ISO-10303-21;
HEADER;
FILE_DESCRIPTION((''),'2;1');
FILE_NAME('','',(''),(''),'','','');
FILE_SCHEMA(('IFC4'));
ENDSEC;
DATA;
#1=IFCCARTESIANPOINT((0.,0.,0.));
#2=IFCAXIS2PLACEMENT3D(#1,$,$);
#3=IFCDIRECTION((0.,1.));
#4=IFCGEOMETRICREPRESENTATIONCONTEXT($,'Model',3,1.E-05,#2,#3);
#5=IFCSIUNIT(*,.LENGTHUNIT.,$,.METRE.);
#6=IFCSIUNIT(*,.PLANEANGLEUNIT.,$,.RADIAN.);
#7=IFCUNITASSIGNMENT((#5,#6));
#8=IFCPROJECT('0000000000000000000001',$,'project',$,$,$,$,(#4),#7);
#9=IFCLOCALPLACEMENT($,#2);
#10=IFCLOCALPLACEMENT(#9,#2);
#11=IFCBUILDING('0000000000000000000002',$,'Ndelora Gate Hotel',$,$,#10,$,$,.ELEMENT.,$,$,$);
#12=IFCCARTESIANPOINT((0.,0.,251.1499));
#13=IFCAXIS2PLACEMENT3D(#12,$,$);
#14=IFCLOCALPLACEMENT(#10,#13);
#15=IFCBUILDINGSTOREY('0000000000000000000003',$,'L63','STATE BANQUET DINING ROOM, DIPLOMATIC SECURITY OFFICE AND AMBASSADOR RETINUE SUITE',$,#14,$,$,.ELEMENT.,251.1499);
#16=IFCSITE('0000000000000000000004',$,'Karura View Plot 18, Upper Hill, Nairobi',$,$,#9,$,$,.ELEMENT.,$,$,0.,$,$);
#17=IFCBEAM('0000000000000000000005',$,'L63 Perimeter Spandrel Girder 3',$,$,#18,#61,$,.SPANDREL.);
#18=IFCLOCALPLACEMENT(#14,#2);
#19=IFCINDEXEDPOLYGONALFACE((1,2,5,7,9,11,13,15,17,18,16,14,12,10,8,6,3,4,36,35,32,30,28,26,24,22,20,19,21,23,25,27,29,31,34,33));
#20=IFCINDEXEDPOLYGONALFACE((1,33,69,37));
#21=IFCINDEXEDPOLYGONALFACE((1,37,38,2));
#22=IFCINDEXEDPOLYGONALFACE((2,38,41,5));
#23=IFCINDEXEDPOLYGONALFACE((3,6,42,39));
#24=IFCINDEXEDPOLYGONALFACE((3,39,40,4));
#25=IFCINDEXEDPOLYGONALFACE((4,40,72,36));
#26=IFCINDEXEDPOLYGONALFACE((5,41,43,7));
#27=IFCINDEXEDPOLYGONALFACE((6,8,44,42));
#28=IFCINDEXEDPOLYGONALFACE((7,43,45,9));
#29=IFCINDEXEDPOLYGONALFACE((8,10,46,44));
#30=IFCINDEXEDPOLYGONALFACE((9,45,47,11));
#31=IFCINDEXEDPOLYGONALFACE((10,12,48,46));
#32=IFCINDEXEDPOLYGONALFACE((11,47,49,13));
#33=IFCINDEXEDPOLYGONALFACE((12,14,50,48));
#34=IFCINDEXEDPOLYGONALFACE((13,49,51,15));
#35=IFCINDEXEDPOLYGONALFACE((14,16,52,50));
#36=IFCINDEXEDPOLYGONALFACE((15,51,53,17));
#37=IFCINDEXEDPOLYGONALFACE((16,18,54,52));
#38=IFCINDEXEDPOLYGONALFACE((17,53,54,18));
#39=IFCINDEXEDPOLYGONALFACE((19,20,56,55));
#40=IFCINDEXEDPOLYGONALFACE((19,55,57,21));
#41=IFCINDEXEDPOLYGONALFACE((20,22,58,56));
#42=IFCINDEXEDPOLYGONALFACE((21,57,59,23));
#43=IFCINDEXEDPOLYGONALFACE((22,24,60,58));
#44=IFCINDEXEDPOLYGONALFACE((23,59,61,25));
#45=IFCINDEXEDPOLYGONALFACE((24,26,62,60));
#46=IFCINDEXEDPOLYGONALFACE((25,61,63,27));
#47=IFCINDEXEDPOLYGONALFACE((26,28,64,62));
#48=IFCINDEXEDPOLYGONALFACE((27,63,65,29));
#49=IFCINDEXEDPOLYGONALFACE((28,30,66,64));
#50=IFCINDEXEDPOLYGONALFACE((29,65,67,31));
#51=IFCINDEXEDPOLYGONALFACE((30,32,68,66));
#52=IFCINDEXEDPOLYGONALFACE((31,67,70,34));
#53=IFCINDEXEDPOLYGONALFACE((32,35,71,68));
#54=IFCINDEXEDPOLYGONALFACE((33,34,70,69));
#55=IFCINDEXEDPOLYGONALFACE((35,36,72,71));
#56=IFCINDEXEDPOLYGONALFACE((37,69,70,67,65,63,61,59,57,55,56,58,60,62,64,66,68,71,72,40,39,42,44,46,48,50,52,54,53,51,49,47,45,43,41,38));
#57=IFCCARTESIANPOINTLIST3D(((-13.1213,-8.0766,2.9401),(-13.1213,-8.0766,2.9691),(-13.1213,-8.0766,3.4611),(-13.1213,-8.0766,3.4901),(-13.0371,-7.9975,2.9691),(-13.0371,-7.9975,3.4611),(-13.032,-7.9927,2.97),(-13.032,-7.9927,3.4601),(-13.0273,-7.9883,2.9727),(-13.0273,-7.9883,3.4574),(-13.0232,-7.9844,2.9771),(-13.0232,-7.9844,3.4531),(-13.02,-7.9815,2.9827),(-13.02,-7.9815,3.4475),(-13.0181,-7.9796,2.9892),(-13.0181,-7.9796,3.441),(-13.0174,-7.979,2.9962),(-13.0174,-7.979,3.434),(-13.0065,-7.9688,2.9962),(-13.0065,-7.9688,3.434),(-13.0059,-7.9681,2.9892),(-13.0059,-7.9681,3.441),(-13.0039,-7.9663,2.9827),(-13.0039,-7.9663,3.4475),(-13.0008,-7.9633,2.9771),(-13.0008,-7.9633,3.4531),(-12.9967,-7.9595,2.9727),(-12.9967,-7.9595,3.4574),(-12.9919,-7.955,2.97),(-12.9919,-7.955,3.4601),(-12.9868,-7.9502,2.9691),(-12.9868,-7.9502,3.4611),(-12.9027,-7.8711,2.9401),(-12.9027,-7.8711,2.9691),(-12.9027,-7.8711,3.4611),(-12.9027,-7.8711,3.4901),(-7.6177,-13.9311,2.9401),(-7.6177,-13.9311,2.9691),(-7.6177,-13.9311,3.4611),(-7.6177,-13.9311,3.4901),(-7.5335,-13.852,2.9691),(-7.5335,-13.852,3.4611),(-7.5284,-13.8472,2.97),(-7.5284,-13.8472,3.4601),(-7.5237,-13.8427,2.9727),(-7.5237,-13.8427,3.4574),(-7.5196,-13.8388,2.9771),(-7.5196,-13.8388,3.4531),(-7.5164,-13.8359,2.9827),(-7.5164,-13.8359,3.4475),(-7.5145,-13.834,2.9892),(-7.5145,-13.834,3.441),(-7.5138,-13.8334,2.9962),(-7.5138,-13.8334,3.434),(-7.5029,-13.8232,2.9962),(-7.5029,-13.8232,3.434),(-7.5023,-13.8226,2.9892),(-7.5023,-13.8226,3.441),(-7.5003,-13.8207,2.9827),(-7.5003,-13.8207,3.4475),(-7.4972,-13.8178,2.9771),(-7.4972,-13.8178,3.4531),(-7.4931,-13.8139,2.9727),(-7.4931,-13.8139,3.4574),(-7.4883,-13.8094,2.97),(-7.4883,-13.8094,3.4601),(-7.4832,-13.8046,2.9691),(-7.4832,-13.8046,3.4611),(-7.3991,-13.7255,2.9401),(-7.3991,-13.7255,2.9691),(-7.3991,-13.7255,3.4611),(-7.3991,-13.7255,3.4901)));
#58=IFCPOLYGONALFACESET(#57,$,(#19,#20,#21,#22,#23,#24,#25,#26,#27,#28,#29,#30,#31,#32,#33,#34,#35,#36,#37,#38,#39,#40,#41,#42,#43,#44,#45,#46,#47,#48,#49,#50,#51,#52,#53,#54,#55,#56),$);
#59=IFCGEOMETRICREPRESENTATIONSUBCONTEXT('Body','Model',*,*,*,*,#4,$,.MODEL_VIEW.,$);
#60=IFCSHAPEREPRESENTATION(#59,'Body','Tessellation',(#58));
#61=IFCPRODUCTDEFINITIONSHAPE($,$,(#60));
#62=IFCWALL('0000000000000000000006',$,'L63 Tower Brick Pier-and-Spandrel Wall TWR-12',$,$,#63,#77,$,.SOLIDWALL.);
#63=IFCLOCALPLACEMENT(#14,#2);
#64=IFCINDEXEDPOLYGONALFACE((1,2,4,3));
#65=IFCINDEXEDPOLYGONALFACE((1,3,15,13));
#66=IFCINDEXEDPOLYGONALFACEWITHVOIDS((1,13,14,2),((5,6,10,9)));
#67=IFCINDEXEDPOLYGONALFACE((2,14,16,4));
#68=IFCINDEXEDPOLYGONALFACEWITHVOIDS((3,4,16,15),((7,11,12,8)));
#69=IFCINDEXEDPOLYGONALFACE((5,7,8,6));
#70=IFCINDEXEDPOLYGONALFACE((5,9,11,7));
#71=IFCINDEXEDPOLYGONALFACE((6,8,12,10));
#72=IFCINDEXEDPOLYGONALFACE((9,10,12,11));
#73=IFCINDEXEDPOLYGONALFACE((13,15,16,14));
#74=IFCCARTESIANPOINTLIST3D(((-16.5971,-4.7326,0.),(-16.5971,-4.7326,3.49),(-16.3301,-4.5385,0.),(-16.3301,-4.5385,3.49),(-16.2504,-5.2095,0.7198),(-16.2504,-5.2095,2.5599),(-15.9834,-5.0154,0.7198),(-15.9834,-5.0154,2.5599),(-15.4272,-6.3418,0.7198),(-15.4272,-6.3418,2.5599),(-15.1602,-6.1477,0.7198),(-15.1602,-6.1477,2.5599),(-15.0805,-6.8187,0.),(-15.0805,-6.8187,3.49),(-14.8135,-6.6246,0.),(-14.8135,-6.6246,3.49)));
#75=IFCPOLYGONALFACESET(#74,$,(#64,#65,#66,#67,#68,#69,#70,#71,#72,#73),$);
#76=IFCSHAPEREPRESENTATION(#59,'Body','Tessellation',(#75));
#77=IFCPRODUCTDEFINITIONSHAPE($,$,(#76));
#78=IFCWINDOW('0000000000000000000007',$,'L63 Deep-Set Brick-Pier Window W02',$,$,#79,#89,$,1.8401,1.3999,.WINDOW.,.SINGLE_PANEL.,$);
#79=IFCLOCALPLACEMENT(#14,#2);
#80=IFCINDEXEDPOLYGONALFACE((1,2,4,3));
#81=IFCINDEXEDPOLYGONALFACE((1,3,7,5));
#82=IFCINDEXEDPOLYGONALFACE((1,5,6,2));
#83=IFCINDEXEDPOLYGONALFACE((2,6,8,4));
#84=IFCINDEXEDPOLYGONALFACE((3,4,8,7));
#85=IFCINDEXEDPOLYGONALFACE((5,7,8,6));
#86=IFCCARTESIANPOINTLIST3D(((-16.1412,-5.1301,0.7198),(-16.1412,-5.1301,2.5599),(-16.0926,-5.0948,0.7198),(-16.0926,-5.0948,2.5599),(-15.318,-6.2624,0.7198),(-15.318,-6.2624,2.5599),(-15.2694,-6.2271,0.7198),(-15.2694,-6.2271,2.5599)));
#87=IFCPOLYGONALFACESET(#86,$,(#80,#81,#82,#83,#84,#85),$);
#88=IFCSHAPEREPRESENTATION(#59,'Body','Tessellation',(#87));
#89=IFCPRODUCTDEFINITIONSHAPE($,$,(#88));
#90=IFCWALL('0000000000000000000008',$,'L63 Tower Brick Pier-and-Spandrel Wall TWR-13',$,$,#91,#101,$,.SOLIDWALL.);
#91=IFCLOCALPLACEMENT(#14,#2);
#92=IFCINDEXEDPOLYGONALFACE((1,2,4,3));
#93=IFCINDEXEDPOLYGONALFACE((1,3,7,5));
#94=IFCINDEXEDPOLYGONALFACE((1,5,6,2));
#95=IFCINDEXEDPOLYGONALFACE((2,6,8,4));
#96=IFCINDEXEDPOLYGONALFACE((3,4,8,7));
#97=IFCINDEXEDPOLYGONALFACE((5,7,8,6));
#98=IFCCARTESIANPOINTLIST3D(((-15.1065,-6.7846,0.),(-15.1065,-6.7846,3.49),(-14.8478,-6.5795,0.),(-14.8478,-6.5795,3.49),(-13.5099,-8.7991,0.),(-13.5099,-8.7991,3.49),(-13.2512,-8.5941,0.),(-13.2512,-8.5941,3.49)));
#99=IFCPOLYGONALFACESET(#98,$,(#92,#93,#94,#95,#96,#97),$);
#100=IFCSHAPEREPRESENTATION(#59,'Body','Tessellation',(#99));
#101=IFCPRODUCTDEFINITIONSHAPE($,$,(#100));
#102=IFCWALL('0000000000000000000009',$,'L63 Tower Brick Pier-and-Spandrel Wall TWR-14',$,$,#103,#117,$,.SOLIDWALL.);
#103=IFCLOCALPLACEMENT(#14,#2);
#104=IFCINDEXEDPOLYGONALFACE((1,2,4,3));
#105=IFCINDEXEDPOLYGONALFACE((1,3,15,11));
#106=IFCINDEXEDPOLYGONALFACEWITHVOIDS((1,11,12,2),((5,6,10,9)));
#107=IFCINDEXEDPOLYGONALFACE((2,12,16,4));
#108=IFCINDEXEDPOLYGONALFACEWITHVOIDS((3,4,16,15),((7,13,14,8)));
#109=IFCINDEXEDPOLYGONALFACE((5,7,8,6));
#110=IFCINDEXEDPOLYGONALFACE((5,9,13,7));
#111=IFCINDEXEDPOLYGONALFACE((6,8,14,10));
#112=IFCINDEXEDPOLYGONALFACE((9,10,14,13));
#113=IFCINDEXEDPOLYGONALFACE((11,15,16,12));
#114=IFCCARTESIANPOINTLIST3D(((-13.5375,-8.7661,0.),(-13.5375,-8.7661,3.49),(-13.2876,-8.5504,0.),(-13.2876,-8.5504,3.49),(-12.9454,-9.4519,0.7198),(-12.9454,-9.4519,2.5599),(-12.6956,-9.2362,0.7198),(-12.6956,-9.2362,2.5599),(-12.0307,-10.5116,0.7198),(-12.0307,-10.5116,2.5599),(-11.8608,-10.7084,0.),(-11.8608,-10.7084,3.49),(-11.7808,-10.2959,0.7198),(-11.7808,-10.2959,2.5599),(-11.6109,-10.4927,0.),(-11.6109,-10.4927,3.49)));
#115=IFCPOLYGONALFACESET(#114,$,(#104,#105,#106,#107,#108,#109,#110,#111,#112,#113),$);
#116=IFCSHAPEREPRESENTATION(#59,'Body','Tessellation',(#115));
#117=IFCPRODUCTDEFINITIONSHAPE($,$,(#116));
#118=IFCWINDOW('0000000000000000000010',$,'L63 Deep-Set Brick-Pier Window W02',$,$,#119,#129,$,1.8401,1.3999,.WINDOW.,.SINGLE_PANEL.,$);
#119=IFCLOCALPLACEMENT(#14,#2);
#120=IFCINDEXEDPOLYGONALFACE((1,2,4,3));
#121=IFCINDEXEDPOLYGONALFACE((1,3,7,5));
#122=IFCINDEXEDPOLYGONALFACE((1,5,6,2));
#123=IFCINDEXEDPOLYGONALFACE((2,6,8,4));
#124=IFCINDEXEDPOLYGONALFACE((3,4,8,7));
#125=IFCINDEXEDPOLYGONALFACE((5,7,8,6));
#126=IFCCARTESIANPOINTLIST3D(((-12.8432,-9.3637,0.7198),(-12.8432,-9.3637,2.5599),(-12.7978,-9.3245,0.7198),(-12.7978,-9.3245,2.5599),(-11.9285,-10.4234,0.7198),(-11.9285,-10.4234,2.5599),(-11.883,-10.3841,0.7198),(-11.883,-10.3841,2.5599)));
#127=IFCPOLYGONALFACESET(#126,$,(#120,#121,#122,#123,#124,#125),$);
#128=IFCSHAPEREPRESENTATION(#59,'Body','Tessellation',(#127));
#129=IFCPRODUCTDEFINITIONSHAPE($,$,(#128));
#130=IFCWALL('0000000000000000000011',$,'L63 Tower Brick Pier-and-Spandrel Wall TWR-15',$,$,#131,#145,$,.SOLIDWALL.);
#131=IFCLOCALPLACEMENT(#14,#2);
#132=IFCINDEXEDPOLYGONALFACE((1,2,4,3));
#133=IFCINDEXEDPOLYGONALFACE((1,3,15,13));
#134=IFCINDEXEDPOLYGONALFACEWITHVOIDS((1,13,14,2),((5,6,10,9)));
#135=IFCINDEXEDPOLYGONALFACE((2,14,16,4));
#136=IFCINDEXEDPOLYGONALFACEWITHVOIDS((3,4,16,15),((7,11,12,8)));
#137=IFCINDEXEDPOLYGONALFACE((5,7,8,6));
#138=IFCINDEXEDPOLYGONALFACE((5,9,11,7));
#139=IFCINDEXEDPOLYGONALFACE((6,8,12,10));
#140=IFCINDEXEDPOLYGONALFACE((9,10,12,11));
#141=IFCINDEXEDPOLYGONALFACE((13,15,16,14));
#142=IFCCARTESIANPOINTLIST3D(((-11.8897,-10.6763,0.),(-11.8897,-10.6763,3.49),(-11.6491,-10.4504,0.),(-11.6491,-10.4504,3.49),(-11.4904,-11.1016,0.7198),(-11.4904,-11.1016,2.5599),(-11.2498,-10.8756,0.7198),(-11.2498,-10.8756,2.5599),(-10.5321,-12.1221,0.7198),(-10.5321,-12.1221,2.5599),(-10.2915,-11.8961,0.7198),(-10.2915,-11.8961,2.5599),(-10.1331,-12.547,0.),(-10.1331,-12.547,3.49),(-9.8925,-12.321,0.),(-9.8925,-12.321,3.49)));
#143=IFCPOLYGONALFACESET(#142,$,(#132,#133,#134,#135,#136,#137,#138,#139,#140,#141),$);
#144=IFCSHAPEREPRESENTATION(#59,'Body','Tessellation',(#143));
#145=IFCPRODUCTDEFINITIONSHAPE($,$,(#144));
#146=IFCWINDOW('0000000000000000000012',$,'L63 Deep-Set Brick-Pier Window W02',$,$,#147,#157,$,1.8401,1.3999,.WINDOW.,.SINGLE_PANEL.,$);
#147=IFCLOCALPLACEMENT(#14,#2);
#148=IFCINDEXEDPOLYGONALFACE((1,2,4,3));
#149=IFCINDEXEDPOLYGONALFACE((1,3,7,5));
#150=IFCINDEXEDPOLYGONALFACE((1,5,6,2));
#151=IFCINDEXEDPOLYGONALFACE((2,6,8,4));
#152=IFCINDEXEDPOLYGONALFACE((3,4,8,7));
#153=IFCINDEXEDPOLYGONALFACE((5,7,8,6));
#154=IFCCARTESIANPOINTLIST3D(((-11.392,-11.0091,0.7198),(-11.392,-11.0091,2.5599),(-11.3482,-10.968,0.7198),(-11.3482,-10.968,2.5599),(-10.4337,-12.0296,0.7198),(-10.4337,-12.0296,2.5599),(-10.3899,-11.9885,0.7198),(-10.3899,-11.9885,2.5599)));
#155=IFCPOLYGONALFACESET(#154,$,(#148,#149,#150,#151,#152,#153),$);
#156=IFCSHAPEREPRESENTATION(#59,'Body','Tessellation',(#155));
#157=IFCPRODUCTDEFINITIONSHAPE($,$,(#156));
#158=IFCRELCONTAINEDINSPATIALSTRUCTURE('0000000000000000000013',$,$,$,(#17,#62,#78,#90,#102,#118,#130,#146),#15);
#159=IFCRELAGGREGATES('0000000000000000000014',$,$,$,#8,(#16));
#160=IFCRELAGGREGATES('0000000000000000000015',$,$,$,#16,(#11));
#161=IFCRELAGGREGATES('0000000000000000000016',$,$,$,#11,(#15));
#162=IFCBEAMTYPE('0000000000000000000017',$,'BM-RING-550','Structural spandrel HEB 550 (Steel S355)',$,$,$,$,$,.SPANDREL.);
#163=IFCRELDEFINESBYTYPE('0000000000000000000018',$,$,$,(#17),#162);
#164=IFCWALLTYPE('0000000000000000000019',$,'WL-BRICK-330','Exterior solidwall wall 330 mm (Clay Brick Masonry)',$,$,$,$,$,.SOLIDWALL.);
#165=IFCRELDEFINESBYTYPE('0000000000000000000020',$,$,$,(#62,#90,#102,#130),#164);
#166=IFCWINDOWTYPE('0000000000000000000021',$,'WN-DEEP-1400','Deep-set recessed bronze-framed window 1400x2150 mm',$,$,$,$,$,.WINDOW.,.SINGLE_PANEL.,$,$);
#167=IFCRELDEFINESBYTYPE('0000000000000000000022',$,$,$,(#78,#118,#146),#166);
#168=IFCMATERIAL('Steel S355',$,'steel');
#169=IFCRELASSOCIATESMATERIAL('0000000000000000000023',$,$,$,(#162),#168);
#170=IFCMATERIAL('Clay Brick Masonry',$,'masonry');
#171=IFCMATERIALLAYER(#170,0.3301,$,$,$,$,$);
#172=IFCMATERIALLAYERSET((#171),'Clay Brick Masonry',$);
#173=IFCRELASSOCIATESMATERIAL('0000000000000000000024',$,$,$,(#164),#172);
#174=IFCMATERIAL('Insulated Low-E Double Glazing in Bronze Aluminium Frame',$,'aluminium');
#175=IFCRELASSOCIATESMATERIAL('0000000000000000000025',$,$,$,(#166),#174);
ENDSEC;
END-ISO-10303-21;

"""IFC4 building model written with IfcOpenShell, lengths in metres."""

from ifc_helpers import new_model, si_unit, direction, frame, frame_2d, origin, origin_2d, place, context, subcontext, project, spatial, rectangle, i_section, extrude, material, layer, layer_set, material_profile, profile_set, type_object, element, fill, save


model = new_model("IFC4")

# Units and contexts
model_context = context("Model", 3, precision=1e-05, world=origin(), true_north=direction((0.0, 1.0)))
body_context = subcontext(model_context, "Body", "Model", "MODEL_VIEW")
ifc_project = project(units=[si_unit("LENGTHUNIT", "METRE"), si_unit("PLANEANGLEUNIT", "RADIAN")], contexts=[model_context])

# Site, building, storey
site_placement = place(None, origin())
site = spatial("IfcSite", under=ifc_project, at=site_placement, Name="Karura View Plot 18, Upper Hill, Nairobi", CompositionType="ELEMENT", RefElevation=0.0)
building_placement = place(site_placement, origin())
building = spatial("IfcBuilding", under=site, at=building_placement, Name="Ndelora Gate Hotel", CompositionType="ELEMENT")
storey_placement = place(building_placement, frame((0.0, 0.0, 251.1499)))
storey = spatial("IfcBuildingStorey", under=building, at=storey_placement, Name="L63", Description="STATE BANQUET DINING ROOM, DIPLOMATIC SECURITY OFFICE AND AMBASSADOR RETINUE SUITE", CompositionType="ELEMENT", Elevation=251.1499)

# Beam
ifc_material_1 = material(Name="Steel S355", Category="steel")
ifc_material_profile_1 = material_profile(ifc_material_1, i_section(OverallWidth=0.3, OverallDepth=0.55, WebThickness=0.0149, FlangeThickness=0.0291, FilletRadius=0.0271, at=origin_2d()), Name="HEB 550")
ifc_profile_set_1 = profile_set([ifc_material_profile_1], Name="Steel S355")
beam_type_1 = type_object("IfcBeamType", Name="BM-RING-550", Description="Structural spandrel HEB 550 (Steel S355)", PredefinedType="SPANDREL", material=ifc_profile_set_1)
beam_1_placement = place(storey_placement, frame((-13.012, -7.9739, 3.2151), z_axis=(0.684939, -0.7286, 0.0), x_axis=(0.7286, 0.684939, 0.0)))
element("IfcBeam", 1, at=beam_1_placement, inside=storey, type_object=beam_type_1, Name="L63 Perimeter Spandrel Girder 3", PredefinedType="SPANDREL", context=body_context, shape_type="SweptSolid", body=[
    extrude(i_section(OverallWidth=0.3, OverallDepth=0.55, WebThickness=0.0149, FlangeThickness=0.0291, FilletRadius=0.0271, at=origin_2d()), origin(), (0.0, 0.0, 1.0), 8.0352),
])

# Wall, opening, window
ifc_material_2 = material(Name="Clay Brick Masonry", Category="masonry")
ifc_layer_1 = layer(ifc_material_2, 0.3301)
ifc_layer_set_1 = layer_set([ifc_layer_1], Name="Clay Brick Masonry")
wall_type_1 = type_object("IfcWallType", Name="WL-BRICK-330", Description="Exterior solidwall wall 330 mm (Clay Brick Masonry)", PredefinedType="SOLIDWALL", material=ifc_layer_set_1)
wall_1_placement = place(storey_placement, frame((-14.947, -6.7217, 0.0), z_axis=(0.0, 0.0, 1.0), x_axis=(-0.588014, 0.808851, 0.0)))
wall_1 = element("IfcWall", 2, at=wall_1_placement, inside=storey, type_object=wall_type_1, Name="L63 Tower Brick Pier-and-Spandrel Wall TWR-12", PredefinedType="SOLIDWALL", context=body_context, shape_type="SweptSolid", body=[
    extrude(rectangle(XDim=2.5791, YDim=0.3301, at=frame_2d((1.2896, 0.0))), origin(), (0.0, 0.0, 1.0), 3.49),
])
opening_1_placement = place(wall_1_placement, frame((0.5896, 0.0, 0.72)))
opening_1 = element("IfcOpeningElement", 3, at=opening_1_placement, cuts=wall_1, PredefinedType="OPENING", context=body_context, shape_type="SweptSolid", body=[
    extrude(rectangle(XDim=1.3999, YDim=1.8401, at=frame_2d((0.7, 0.9199))), frame((0.0, 0.175, 0.0), z_axis=(0.0, -1.0, 0.0), x_axis=(1.0, 0.0, 0.0)), (0.0, 0.0, 1.0), 0.3501),
])
ifc_material_3 = material(Name="Insulated Low-E Double Glazing in Bronze Aluminium Frame", Category="aluminium")
window_type = type_object("IfcWindowType", Name="WN-DEEP-1400", Description="Deep-set recessed bronze-framed window 1400x2150 mm", PartitioningType="SINGLE_PANEL", PredefinedType="WINDOW", material=ifc_material_3)
window_1_placement = place(opening_1_placement, origin())
window_1 = element("IfcWindow", 4, at=window_1_placement, inside=storey, type_object=window_type, Name="L63 Deep-Set Brick-Pier Window W02", OverallHeight=1.8401, OverallWidth=1.3999, PartitioningType="SINGLE_PANEL", PredefinedType="WINDOW", context=body_context, shape_type="SweptSolid", body=[
    extrude(rectangle(XDim=1.3999, YDim=1.8401, at=frame_2d((0.7, 0.9199))), frame((0.0, 0.03, 0.0), z_axis=(0.0, -1.0, 0.0), x_axis=(1.0, 0.0, 0.0)), (0.0, 0.0, 1.0), 0.0601),
])
fill(opening_1, window_1)

# Wall
wall_2_placement = place(storey_placement, frame((-13.3806, -8.6965, 0.0), z_axis=(0.0, 0.0, 1.0), x_axis=(-0.621121, 0.783714, 0.0)))
element("IfcWall", 5, at=wall_2_placement, inside=storey, type_object=wall_type_1, Name="L63 Tower Brick Pier-and-Spandrel Wall TWR-13", PredefinedType="SOLIDWALL", context=body_context, shape_type="SweptSolid", body=[
    extrude(rectangle(XDim=2.5706, YDim=0.3301, at=frame_2d((1.2852, 0.0))), origin(), (0.0, 0.0, 1.0), 3.49),
])

# Walls, openings, windows
wall_3_placement = place(storey_placement, frame((-11.7358, -10.6006, 0.0), z_axis=(0.0, 0.0, 1.0), x_axis=(-0.653451, 0.756968, 0.0)))
wall_3 = element("IfcWall", 6, at=wall_3_placement, inside=storey, type_object=wall_type_1, Name="L63 Tower Brick Pier-and-Spandrel Wall TWR-14", PredefinedType="SOLIDWALL", context=body_context, shape_type="SweptSolid", body=[
    extrude(rectangle(XDim=2.5659, YDim=0.3301, at=frame_2d((1.283, 0.0))), origin(), (0.0, 0.0, 1.0), 3.49),
])
opening_2_placement = place(wall_3_placement, frame((0.26, 0.0, 0.72)))
opening_2 = element("IfcOpeningElement", 7, at=opening_2_placement, cuts=wall_3, PredefinedType="OPENING", context=body_context, shape_type="SweptSolid", body=[
    extrude(rectangle(XDim=1.3999, YDim=1.8401, at=frame_2d((0.7, 0.9199))), frame((0.0, 0.175, 0.0), z_axis=(0.0, -1.0, 0.0), x_axis=(1.0, 0.0, 0.0)), (0.0, 0.0, 1.0), 0.3501),
])
window_2_placement = place(opening_2_placement, origin())
window_2 = element("IfcWindow", 8, at=window_2_placement, inside=storey, type_object=window_type, Name="L63 Deep-Set Brick-Pier Window W02", OverallHeight=1.8401, OverallWidth=1.3999, PartitioningType="SINGLE_PANEL", PredefinedType="WINDOW", context=body_context, shape_type="SweptSolid", body=[
    extrude(rectangle(XDim=1.3999, YDim=1.8401, at=frame_2d((0.7, 0.9199))), frame((0.0, 0.03, 0.0), z_axis=(0.0, -1.0, 0.0), x_axis=(1.0, 0.0, 0.0)), (0.0, 0.0, 1.0), 0.0601),
])
fill(opening_2, window_2)
wall_4_placement = place(storey_placement, frame((-10.0127, -12.4341, 0.0), z_axis=(0.0, 0.0, 1.0), x_axis=(-0.684542, 0.728973, 0.0)))
wall_4 = element("IfcWall", 9, at=wall_4_placement, inside=storey, type_object=wall_type_1, Name="L63 Tower Brick Pier-and-Spandrel Wall TWR-15", PredefinedType="SOLIDWALL", context=body_context, shape_type="SweptSolid", body=[
    extrude(rectangle(XDim=2.5662, YDim=0.3301, at=frame_2d((1.2832, 0.0))), origin(), (0.0, 0.0, 1.0), 3.49),
])
opening_3_placement = place(wall_4_placement, frame((0.583, 0.0, 0.72)))
opening_3 = element("IfcOpeningElement", 10, at=opening_3_placement, cuts=wall_4, PredefinedType="OPENING", context=body_context, shape_type="SweptSolid", body=[
    extrude(rectangle(XDim=1.3999, YDim=1.8401, at=frame_2d((0.7, 0.9199))), frame((0.0, 0.175, 0.0), z_axis=(0.0, -1.0, 0.0), x_axis=(1.0, 0.0, 0.0)), (0.0, 0.0, 1.0), 0.3501),
])
window_3_placement = place(opening_3_placement, origin())
window_3 = element("IfcWindow", 11, at=window_3_placement, inside=storey, type_object=window_type, Name="L63 Deep-Set Brick-Pier Window W02", OverallHeight=1.8401, OverallWidth=1.3999, PartitioningType="SINGLE_PANEL", PredefinedType="WINDOW", context=body_context, shape_type="SweptSolid", body=[
    extrude(rectangle(XDim=1.3999, YDim=1.8401, at=frame_2d((0.7, 0.9199))), frame((0.0, 0.03, 0.0), z_axis=(0.0, -1.0, 0.0), x_axis=(1.0, 0.0, 0.0)), (0.0, 0.0, 1.0), 0.0601),
])
fill(opening_3, window_3)

save(model, "model.ifc")
